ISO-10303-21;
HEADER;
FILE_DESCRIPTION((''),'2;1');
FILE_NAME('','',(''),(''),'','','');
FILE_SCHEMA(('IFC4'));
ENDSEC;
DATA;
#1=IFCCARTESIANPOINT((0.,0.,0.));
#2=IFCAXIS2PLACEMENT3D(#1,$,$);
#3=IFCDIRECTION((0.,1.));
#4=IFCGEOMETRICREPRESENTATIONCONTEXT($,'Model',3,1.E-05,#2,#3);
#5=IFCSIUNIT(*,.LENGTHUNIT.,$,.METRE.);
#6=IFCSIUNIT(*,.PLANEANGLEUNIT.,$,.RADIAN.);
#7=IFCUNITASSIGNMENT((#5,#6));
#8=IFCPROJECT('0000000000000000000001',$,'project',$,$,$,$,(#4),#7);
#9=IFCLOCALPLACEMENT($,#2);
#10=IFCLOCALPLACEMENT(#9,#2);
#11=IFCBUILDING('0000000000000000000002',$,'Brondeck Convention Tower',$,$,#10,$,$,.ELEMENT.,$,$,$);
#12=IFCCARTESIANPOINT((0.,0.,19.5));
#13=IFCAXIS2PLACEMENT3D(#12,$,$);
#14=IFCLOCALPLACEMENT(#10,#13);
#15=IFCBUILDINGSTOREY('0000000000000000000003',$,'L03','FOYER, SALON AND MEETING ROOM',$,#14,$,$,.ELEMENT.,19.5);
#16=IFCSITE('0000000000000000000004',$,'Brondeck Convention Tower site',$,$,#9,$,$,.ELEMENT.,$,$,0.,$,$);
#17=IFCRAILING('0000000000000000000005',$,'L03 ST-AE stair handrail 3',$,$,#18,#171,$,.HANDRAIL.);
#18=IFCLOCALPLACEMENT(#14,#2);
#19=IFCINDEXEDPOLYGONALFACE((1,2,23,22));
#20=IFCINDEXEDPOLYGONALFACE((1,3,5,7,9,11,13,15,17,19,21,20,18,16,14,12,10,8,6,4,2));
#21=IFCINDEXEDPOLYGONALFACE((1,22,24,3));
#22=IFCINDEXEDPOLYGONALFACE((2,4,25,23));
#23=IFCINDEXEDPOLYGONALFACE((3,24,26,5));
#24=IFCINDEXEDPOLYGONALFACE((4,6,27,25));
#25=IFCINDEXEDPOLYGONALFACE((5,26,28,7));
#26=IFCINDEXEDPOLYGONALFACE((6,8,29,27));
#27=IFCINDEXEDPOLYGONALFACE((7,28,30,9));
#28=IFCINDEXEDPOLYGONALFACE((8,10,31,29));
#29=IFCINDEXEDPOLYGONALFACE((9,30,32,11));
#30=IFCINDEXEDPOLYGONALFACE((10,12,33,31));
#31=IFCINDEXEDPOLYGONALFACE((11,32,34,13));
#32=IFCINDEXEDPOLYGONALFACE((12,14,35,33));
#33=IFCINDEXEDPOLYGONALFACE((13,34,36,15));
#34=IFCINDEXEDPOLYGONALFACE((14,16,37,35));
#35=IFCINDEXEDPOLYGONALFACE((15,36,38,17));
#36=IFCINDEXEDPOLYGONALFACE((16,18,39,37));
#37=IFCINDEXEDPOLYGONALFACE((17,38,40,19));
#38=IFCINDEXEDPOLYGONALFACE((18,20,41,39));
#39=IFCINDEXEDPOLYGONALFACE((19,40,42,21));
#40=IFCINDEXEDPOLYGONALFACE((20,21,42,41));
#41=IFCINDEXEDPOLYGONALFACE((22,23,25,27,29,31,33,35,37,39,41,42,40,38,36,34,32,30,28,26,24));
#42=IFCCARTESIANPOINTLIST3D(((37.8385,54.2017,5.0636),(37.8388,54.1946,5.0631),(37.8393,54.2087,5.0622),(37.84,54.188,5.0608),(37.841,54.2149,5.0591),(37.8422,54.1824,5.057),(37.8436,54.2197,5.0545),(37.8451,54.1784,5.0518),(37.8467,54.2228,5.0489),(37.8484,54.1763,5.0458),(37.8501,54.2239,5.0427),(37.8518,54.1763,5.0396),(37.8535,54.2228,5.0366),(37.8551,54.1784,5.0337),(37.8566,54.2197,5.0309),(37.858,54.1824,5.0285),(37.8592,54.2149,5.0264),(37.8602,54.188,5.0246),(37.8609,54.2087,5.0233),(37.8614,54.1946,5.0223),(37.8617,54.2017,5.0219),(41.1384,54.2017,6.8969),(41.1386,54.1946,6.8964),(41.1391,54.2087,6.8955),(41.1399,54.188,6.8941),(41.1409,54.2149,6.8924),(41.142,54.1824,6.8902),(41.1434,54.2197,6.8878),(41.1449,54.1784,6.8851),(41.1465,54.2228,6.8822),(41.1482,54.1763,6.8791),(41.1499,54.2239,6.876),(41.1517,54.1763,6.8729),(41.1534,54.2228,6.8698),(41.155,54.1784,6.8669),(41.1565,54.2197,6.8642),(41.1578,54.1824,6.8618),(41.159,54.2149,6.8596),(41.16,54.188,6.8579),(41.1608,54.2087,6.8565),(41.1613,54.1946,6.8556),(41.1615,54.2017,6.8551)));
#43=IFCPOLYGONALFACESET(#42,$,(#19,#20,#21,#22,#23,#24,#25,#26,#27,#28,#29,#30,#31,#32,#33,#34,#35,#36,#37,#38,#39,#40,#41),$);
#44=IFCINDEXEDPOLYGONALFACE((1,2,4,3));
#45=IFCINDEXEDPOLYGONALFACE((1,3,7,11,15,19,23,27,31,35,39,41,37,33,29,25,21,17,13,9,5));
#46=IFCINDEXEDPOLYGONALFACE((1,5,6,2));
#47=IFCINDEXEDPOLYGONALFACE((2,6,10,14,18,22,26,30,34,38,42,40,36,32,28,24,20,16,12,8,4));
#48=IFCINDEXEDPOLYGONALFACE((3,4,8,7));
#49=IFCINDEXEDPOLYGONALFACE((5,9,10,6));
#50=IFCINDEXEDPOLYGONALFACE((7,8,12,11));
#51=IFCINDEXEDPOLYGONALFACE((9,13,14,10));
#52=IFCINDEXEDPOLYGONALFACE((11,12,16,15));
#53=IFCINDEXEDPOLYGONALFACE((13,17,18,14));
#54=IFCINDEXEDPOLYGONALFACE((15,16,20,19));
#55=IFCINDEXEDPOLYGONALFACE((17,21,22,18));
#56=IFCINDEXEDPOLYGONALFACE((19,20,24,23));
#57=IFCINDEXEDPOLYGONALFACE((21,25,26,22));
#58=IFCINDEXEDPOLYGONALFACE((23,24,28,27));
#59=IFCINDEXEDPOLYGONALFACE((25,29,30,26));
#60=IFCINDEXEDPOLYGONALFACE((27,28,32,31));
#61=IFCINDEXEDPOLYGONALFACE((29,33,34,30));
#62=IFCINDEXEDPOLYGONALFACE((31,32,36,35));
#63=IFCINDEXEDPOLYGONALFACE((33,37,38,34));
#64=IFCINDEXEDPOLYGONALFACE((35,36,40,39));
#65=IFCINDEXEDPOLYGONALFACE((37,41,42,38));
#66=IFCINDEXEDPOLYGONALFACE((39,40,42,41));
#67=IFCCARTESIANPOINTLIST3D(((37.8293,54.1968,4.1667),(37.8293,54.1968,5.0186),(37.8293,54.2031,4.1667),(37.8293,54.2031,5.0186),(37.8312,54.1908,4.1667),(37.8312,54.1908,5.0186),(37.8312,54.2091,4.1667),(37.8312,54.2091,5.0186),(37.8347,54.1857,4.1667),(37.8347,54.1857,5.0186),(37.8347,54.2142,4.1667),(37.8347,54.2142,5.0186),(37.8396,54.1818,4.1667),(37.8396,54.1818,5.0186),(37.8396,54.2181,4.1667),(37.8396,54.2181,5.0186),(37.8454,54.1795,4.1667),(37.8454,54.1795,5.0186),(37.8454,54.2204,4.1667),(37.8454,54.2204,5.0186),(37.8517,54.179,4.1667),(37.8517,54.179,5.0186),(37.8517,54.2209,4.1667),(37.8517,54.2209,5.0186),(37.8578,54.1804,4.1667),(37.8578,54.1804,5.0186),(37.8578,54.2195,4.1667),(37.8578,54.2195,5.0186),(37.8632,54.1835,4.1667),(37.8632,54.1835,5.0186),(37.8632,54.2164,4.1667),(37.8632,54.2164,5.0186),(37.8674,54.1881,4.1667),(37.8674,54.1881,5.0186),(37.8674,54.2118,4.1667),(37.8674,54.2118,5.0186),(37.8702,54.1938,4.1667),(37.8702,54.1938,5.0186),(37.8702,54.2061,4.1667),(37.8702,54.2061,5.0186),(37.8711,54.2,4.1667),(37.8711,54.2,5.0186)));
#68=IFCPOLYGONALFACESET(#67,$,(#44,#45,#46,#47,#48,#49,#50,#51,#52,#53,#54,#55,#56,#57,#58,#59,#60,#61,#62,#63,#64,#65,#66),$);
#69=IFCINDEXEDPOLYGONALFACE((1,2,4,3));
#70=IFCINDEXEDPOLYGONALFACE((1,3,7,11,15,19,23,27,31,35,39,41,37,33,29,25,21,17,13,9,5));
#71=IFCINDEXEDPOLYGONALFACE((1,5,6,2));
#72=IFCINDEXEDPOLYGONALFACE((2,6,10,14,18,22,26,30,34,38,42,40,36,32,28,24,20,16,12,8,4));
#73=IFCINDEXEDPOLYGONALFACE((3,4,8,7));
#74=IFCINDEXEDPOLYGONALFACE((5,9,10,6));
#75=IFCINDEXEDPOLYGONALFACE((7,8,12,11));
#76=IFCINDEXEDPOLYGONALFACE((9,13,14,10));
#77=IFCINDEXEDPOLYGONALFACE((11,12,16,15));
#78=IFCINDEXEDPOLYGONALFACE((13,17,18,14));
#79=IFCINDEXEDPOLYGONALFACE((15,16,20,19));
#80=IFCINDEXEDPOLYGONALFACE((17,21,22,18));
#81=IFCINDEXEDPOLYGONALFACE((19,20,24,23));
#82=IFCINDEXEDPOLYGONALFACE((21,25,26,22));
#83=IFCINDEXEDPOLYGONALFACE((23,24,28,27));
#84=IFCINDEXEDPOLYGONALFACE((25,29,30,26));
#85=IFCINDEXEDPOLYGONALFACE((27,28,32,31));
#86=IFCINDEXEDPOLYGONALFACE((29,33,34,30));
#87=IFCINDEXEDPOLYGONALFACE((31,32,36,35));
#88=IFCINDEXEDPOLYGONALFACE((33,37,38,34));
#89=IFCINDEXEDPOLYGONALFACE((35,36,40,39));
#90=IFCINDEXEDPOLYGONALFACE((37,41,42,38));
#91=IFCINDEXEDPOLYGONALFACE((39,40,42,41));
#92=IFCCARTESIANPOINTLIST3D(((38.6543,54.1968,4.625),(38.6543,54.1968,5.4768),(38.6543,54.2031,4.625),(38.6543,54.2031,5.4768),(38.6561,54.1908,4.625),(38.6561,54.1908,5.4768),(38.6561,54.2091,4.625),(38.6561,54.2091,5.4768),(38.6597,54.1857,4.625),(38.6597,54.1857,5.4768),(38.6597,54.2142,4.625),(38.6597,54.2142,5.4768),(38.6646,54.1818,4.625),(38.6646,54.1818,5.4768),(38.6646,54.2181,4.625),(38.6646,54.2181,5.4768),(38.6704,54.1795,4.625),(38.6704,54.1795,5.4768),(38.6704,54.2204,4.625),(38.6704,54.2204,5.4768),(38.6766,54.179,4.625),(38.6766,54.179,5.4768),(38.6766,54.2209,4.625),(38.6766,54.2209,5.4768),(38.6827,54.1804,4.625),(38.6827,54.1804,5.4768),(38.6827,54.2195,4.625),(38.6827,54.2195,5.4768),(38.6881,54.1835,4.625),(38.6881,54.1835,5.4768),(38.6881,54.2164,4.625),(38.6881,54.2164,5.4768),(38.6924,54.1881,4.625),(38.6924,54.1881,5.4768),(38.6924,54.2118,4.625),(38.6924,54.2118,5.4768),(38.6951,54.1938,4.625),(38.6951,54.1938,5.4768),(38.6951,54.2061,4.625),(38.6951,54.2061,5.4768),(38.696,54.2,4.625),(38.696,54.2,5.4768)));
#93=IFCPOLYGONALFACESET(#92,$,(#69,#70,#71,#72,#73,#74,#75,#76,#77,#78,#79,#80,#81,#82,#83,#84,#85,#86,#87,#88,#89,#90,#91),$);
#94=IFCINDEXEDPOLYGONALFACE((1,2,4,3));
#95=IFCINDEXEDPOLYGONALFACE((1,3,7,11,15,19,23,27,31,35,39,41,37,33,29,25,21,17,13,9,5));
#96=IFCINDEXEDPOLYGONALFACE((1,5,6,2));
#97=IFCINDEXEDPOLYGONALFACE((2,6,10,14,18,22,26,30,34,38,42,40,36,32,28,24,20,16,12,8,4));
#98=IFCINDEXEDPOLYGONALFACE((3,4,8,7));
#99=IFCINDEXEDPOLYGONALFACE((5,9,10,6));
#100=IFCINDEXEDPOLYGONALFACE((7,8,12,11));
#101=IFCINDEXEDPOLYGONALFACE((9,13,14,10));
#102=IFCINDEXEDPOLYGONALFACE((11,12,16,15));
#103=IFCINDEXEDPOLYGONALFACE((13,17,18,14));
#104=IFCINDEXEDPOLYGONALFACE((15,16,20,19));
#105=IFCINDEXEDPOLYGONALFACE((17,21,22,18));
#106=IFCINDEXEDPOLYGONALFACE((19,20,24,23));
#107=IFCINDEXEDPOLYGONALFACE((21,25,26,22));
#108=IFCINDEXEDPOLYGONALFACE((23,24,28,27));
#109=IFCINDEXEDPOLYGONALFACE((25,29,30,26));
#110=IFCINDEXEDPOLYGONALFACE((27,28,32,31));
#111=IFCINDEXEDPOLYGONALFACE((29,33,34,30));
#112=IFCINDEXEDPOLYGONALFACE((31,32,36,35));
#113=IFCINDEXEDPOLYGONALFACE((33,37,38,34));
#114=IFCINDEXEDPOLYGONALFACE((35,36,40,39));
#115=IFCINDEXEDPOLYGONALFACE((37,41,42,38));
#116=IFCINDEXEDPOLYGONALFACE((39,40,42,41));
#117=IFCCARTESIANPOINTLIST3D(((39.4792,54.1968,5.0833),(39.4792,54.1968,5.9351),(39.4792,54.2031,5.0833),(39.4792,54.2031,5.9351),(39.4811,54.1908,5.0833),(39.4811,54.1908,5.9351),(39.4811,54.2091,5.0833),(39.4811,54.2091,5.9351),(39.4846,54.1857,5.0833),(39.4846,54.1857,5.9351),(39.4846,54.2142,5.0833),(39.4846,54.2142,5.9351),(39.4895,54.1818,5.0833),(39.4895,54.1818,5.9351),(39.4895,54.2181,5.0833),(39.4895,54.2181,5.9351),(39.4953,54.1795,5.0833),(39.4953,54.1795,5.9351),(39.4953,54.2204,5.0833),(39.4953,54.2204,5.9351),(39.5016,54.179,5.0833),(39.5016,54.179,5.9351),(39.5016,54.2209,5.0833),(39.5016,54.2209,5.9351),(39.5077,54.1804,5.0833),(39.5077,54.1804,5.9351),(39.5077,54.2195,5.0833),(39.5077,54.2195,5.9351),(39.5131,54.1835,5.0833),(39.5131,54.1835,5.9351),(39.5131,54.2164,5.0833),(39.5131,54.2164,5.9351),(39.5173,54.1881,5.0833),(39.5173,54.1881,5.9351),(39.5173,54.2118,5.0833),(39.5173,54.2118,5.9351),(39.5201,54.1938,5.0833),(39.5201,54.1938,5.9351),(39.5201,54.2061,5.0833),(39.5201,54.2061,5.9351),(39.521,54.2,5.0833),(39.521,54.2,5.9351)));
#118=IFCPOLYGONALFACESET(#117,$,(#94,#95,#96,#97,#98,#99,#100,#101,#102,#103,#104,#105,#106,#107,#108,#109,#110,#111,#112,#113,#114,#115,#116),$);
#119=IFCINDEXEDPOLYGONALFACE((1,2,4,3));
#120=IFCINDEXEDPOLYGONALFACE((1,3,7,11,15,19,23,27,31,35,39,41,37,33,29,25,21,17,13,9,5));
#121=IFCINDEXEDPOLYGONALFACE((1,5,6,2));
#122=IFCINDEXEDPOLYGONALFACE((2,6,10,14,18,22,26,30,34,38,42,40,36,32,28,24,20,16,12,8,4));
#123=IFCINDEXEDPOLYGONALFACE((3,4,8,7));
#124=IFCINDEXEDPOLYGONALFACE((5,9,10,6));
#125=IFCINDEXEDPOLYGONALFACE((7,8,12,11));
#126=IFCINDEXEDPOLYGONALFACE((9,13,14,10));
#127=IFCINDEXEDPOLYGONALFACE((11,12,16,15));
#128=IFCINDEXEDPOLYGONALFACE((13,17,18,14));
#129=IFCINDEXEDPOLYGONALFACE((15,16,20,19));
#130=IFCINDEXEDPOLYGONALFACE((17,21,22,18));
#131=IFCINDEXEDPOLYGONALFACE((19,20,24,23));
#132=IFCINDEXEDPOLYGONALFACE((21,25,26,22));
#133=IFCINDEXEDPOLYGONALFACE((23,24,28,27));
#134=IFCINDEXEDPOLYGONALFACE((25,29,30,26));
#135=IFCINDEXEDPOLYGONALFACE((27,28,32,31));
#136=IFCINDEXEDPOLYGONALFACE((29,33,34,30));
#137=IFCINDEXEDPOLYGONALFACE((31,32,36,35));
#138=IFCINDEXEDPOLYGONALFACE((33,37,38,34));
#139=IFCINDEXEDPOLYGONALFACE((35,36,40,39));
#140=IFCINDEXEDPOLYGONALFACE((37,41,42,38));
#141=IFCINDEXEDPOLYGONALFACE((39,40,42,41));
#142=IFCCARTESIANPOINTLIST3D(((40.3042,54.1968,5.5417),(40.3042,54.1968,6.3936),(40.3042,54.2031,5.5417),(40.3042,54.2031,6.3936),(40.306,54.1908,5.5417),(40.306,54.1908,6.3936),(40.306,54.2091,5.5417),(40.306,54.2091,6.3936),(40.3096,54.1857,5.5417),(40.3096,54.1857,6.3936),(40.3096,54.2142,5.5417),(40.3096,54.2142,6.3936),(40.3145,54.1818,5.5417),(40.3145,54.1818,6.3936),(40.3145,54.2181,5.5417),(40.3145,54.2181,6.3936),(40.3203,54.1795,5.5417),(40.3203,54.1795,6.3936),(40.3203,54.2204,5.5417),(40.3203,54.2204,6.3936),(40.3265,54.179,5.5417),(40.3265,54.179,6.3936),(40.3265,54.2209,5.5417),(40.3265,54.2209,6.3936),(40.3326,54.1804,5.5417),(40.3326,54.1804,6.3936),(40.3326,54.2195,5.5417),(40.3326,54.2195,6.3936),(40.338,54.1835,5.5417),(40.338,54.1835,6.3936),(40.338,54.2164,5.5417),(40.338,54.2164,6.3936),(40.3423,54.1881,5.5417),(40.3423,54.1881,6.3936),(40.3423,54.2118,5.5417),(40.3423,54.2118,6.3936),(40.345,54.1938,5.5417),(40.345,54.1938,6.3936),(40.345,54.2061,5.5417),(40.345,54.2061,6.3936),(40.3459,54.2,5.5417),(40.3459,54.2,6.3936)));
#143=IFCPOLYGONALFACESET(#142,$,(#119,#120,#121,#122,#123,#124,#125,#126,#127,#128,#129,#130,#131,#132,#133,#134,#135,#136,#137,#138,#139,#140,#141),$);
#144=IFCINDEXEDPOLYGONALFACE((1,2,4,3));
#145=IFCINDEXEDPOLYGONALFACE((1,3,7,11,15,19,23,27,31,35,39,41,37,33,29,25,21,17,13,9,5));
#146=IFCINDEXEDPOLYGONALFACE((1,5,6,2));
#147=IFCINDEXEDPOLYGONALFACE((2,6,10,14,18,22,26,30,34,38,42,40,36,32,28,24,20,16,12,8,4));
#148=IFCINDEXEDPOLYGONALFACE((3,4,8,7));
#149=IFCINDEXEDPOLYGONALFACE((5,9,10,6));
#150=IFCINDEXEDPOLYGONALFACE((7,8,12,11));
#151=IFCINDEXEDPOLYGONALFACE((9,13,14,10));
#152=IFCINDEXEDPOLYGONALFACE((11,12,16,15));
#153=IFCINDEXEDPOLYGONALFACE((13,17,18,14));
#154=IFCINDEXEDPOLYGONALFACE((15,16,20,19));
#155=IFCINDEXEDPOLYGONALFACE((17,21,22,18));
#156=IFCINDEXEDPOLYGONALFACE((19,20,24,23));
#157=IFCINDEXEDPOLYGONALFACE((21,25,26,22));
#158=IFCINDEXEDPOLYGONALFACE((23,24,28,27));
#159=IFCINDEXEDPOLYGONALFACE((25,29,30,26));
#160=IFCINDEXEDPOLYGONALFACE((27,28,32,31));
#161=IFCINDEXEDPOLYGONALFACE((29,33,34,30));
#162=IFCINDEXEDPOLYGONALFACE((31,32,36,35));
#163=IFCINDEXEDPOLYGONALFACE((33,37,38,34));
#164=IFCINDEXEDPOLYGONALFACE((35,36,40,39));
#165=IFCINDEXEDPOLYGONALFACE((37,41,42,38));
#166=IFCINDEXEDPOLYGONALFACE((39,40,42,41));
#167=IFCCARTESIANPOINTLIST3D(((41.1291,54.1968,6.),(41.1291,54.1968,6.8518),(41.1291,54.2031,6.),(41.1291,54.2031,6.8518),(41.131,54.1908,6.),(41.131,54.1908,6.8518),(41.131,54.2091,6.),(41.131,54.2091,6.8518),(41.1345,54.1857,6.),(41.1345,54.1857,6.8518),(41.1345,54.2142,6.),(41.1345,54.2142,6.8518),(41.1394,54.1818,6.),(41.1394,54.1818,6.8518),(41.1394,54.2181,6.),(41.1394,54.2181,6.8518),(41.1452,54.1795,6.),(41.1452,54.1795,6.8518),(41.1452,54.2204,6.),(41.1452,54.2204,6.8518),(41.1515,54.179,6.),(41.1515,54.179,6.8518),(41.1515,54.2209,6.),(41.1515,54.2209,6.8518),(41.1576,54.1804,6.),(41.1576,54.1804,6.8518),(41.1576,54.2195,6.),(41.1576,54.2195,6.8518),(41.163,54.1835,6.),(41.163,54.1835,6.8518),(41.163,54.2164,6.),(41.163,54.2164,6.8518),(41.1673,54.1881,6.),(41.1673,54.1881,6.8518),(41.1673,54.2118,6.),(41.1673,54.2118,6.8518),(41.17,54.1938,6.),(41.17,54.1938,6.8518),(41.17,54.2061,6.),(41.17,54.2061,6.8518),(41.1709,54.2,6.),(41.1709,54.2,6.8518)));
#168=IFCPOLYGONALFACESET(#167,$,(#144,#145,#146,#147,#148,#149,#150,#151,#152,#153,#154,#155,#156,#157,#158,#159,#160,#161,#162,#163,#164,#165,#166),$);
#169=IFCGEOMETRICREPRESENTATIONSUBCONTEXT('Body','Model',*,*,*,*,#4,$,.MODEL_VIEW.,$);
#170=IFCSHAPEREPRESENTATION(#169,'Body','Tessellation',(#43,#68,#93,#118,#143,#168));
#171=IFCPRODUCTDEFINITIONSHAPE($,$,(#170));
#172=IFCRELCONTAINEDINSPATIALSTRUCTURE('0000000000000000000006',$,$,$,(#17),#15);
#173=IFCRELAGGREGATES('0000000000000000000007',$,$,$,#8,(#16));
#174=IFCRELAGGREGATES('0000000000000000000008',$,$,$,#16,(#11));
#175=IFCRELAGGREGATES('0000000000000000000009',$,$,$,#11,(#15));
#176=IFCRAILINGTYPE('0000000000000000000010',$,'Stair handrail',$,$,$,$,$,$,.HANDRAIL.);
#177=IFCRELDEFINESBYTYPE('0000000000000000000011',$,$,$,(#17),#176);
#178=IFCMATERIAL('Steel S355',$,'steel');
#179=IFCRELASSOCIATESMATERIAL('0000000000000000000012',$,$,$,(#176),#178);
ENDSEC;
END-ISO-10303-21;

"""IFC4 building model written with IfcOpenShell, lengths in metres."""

from ifc_helpers import new_model, si_unit, direction, frame, origin, origin_2d, place, context, subcontext, project, spatial, circle, extrude, material, type_object, element, save


model = new_model("IFC4")

# Units and contexts
model_context = context("Model", 3, precision=1e-05, world=origin(), true_north=direction((0.0, 1.0)))
body_context = subcontext(model_context, "Body", "Model", "MODEL_VIEW")
ifc_project = project(units=[si_unit("LENGTHUNIT", "METRE"), si_unit("PLANEANGLEUNIT", "RADIAN")], contexts=[model_context])

# Site, building, storey
site_placement = place(None, origin())
site = spatial("IfcSite", under=ifc_project, at=site_placement, Name="Brondeck Convention Tower site", CompositionType="ELEMENT", RefElevation=0.0)
building_placement = place(site_placement, origin())
building = spatial("IfcBuilding", under=site, at=building_placement, Name="Brondeck Convention Tower", CompositionType="ELEMENT")
storey_placement = place(building_placement, frame((0.0, 0.0, 19.5)))
storey = spatial("IfcBuildingStorey", under=building, at=storey_placement, Name="L03", Description="FOYER, SALON AND MEETING ROOM", CompositionType="ELEMENT", Elevation=19.5)

# Shared definitions
ifc_material_1 = material(Name="Steel S355", Category="steel")

# Railing
railing_type_1 = type_object("IfcRailingType", Name="Stair handrail", PredefinedType="HANDRAIL", material=ifc_material_1)
railing_1_placement = place(storey_placement, frame((37.8501, 54.2, 4.1667)))
element("IfcRailing", 1, at=railing_1_placement, inside=storey, type_object=railing_type_1, Name="L03 ST-AE stair handrail 3", PredefinedType="HANDRAIL", context=body_context, shape_type="SweptSolid", body=[
    extrude(circle(Radius=0.0239, at=origin_2d()), frame((0.0, 0.0, 0.876), z_axis=(0.874154, 0.0, 0.485648), x_axis=(0.0, 1.0, 0.0)), (0.0, 0.0, 1.0), 3.7749),
    extrude(circle(Radius=0.021, at=origin_2d()), origin(), (0.0, 0.0, 1.0), 0.8518),
    extrude(circle(Radius=0.021, at=origin_2d()), frame((0.825, 0.0, 0.4583)), (0.0, 0.0, 1.0), 0.8518),
    extrude(circle(Radius=0.021, at=origin_2d()), frame((1.6499, 0.0, 0.9165)), (0.0, 0.0, 1.0), 0.8518),
    extrude(circle(Radius=0.021, at=origin_2d()), frame((2.4749, 0.0, 1.375)), (0.0, 0.0, 1.0), 0.8518),
    extrude(circle(Radius=0.021, at=origin_2d()), frame((3.2998, 0.0, 1.8333)), (0.0, 0.0, 1.0), 0.8518),
])

save(model, "model.ifc")
